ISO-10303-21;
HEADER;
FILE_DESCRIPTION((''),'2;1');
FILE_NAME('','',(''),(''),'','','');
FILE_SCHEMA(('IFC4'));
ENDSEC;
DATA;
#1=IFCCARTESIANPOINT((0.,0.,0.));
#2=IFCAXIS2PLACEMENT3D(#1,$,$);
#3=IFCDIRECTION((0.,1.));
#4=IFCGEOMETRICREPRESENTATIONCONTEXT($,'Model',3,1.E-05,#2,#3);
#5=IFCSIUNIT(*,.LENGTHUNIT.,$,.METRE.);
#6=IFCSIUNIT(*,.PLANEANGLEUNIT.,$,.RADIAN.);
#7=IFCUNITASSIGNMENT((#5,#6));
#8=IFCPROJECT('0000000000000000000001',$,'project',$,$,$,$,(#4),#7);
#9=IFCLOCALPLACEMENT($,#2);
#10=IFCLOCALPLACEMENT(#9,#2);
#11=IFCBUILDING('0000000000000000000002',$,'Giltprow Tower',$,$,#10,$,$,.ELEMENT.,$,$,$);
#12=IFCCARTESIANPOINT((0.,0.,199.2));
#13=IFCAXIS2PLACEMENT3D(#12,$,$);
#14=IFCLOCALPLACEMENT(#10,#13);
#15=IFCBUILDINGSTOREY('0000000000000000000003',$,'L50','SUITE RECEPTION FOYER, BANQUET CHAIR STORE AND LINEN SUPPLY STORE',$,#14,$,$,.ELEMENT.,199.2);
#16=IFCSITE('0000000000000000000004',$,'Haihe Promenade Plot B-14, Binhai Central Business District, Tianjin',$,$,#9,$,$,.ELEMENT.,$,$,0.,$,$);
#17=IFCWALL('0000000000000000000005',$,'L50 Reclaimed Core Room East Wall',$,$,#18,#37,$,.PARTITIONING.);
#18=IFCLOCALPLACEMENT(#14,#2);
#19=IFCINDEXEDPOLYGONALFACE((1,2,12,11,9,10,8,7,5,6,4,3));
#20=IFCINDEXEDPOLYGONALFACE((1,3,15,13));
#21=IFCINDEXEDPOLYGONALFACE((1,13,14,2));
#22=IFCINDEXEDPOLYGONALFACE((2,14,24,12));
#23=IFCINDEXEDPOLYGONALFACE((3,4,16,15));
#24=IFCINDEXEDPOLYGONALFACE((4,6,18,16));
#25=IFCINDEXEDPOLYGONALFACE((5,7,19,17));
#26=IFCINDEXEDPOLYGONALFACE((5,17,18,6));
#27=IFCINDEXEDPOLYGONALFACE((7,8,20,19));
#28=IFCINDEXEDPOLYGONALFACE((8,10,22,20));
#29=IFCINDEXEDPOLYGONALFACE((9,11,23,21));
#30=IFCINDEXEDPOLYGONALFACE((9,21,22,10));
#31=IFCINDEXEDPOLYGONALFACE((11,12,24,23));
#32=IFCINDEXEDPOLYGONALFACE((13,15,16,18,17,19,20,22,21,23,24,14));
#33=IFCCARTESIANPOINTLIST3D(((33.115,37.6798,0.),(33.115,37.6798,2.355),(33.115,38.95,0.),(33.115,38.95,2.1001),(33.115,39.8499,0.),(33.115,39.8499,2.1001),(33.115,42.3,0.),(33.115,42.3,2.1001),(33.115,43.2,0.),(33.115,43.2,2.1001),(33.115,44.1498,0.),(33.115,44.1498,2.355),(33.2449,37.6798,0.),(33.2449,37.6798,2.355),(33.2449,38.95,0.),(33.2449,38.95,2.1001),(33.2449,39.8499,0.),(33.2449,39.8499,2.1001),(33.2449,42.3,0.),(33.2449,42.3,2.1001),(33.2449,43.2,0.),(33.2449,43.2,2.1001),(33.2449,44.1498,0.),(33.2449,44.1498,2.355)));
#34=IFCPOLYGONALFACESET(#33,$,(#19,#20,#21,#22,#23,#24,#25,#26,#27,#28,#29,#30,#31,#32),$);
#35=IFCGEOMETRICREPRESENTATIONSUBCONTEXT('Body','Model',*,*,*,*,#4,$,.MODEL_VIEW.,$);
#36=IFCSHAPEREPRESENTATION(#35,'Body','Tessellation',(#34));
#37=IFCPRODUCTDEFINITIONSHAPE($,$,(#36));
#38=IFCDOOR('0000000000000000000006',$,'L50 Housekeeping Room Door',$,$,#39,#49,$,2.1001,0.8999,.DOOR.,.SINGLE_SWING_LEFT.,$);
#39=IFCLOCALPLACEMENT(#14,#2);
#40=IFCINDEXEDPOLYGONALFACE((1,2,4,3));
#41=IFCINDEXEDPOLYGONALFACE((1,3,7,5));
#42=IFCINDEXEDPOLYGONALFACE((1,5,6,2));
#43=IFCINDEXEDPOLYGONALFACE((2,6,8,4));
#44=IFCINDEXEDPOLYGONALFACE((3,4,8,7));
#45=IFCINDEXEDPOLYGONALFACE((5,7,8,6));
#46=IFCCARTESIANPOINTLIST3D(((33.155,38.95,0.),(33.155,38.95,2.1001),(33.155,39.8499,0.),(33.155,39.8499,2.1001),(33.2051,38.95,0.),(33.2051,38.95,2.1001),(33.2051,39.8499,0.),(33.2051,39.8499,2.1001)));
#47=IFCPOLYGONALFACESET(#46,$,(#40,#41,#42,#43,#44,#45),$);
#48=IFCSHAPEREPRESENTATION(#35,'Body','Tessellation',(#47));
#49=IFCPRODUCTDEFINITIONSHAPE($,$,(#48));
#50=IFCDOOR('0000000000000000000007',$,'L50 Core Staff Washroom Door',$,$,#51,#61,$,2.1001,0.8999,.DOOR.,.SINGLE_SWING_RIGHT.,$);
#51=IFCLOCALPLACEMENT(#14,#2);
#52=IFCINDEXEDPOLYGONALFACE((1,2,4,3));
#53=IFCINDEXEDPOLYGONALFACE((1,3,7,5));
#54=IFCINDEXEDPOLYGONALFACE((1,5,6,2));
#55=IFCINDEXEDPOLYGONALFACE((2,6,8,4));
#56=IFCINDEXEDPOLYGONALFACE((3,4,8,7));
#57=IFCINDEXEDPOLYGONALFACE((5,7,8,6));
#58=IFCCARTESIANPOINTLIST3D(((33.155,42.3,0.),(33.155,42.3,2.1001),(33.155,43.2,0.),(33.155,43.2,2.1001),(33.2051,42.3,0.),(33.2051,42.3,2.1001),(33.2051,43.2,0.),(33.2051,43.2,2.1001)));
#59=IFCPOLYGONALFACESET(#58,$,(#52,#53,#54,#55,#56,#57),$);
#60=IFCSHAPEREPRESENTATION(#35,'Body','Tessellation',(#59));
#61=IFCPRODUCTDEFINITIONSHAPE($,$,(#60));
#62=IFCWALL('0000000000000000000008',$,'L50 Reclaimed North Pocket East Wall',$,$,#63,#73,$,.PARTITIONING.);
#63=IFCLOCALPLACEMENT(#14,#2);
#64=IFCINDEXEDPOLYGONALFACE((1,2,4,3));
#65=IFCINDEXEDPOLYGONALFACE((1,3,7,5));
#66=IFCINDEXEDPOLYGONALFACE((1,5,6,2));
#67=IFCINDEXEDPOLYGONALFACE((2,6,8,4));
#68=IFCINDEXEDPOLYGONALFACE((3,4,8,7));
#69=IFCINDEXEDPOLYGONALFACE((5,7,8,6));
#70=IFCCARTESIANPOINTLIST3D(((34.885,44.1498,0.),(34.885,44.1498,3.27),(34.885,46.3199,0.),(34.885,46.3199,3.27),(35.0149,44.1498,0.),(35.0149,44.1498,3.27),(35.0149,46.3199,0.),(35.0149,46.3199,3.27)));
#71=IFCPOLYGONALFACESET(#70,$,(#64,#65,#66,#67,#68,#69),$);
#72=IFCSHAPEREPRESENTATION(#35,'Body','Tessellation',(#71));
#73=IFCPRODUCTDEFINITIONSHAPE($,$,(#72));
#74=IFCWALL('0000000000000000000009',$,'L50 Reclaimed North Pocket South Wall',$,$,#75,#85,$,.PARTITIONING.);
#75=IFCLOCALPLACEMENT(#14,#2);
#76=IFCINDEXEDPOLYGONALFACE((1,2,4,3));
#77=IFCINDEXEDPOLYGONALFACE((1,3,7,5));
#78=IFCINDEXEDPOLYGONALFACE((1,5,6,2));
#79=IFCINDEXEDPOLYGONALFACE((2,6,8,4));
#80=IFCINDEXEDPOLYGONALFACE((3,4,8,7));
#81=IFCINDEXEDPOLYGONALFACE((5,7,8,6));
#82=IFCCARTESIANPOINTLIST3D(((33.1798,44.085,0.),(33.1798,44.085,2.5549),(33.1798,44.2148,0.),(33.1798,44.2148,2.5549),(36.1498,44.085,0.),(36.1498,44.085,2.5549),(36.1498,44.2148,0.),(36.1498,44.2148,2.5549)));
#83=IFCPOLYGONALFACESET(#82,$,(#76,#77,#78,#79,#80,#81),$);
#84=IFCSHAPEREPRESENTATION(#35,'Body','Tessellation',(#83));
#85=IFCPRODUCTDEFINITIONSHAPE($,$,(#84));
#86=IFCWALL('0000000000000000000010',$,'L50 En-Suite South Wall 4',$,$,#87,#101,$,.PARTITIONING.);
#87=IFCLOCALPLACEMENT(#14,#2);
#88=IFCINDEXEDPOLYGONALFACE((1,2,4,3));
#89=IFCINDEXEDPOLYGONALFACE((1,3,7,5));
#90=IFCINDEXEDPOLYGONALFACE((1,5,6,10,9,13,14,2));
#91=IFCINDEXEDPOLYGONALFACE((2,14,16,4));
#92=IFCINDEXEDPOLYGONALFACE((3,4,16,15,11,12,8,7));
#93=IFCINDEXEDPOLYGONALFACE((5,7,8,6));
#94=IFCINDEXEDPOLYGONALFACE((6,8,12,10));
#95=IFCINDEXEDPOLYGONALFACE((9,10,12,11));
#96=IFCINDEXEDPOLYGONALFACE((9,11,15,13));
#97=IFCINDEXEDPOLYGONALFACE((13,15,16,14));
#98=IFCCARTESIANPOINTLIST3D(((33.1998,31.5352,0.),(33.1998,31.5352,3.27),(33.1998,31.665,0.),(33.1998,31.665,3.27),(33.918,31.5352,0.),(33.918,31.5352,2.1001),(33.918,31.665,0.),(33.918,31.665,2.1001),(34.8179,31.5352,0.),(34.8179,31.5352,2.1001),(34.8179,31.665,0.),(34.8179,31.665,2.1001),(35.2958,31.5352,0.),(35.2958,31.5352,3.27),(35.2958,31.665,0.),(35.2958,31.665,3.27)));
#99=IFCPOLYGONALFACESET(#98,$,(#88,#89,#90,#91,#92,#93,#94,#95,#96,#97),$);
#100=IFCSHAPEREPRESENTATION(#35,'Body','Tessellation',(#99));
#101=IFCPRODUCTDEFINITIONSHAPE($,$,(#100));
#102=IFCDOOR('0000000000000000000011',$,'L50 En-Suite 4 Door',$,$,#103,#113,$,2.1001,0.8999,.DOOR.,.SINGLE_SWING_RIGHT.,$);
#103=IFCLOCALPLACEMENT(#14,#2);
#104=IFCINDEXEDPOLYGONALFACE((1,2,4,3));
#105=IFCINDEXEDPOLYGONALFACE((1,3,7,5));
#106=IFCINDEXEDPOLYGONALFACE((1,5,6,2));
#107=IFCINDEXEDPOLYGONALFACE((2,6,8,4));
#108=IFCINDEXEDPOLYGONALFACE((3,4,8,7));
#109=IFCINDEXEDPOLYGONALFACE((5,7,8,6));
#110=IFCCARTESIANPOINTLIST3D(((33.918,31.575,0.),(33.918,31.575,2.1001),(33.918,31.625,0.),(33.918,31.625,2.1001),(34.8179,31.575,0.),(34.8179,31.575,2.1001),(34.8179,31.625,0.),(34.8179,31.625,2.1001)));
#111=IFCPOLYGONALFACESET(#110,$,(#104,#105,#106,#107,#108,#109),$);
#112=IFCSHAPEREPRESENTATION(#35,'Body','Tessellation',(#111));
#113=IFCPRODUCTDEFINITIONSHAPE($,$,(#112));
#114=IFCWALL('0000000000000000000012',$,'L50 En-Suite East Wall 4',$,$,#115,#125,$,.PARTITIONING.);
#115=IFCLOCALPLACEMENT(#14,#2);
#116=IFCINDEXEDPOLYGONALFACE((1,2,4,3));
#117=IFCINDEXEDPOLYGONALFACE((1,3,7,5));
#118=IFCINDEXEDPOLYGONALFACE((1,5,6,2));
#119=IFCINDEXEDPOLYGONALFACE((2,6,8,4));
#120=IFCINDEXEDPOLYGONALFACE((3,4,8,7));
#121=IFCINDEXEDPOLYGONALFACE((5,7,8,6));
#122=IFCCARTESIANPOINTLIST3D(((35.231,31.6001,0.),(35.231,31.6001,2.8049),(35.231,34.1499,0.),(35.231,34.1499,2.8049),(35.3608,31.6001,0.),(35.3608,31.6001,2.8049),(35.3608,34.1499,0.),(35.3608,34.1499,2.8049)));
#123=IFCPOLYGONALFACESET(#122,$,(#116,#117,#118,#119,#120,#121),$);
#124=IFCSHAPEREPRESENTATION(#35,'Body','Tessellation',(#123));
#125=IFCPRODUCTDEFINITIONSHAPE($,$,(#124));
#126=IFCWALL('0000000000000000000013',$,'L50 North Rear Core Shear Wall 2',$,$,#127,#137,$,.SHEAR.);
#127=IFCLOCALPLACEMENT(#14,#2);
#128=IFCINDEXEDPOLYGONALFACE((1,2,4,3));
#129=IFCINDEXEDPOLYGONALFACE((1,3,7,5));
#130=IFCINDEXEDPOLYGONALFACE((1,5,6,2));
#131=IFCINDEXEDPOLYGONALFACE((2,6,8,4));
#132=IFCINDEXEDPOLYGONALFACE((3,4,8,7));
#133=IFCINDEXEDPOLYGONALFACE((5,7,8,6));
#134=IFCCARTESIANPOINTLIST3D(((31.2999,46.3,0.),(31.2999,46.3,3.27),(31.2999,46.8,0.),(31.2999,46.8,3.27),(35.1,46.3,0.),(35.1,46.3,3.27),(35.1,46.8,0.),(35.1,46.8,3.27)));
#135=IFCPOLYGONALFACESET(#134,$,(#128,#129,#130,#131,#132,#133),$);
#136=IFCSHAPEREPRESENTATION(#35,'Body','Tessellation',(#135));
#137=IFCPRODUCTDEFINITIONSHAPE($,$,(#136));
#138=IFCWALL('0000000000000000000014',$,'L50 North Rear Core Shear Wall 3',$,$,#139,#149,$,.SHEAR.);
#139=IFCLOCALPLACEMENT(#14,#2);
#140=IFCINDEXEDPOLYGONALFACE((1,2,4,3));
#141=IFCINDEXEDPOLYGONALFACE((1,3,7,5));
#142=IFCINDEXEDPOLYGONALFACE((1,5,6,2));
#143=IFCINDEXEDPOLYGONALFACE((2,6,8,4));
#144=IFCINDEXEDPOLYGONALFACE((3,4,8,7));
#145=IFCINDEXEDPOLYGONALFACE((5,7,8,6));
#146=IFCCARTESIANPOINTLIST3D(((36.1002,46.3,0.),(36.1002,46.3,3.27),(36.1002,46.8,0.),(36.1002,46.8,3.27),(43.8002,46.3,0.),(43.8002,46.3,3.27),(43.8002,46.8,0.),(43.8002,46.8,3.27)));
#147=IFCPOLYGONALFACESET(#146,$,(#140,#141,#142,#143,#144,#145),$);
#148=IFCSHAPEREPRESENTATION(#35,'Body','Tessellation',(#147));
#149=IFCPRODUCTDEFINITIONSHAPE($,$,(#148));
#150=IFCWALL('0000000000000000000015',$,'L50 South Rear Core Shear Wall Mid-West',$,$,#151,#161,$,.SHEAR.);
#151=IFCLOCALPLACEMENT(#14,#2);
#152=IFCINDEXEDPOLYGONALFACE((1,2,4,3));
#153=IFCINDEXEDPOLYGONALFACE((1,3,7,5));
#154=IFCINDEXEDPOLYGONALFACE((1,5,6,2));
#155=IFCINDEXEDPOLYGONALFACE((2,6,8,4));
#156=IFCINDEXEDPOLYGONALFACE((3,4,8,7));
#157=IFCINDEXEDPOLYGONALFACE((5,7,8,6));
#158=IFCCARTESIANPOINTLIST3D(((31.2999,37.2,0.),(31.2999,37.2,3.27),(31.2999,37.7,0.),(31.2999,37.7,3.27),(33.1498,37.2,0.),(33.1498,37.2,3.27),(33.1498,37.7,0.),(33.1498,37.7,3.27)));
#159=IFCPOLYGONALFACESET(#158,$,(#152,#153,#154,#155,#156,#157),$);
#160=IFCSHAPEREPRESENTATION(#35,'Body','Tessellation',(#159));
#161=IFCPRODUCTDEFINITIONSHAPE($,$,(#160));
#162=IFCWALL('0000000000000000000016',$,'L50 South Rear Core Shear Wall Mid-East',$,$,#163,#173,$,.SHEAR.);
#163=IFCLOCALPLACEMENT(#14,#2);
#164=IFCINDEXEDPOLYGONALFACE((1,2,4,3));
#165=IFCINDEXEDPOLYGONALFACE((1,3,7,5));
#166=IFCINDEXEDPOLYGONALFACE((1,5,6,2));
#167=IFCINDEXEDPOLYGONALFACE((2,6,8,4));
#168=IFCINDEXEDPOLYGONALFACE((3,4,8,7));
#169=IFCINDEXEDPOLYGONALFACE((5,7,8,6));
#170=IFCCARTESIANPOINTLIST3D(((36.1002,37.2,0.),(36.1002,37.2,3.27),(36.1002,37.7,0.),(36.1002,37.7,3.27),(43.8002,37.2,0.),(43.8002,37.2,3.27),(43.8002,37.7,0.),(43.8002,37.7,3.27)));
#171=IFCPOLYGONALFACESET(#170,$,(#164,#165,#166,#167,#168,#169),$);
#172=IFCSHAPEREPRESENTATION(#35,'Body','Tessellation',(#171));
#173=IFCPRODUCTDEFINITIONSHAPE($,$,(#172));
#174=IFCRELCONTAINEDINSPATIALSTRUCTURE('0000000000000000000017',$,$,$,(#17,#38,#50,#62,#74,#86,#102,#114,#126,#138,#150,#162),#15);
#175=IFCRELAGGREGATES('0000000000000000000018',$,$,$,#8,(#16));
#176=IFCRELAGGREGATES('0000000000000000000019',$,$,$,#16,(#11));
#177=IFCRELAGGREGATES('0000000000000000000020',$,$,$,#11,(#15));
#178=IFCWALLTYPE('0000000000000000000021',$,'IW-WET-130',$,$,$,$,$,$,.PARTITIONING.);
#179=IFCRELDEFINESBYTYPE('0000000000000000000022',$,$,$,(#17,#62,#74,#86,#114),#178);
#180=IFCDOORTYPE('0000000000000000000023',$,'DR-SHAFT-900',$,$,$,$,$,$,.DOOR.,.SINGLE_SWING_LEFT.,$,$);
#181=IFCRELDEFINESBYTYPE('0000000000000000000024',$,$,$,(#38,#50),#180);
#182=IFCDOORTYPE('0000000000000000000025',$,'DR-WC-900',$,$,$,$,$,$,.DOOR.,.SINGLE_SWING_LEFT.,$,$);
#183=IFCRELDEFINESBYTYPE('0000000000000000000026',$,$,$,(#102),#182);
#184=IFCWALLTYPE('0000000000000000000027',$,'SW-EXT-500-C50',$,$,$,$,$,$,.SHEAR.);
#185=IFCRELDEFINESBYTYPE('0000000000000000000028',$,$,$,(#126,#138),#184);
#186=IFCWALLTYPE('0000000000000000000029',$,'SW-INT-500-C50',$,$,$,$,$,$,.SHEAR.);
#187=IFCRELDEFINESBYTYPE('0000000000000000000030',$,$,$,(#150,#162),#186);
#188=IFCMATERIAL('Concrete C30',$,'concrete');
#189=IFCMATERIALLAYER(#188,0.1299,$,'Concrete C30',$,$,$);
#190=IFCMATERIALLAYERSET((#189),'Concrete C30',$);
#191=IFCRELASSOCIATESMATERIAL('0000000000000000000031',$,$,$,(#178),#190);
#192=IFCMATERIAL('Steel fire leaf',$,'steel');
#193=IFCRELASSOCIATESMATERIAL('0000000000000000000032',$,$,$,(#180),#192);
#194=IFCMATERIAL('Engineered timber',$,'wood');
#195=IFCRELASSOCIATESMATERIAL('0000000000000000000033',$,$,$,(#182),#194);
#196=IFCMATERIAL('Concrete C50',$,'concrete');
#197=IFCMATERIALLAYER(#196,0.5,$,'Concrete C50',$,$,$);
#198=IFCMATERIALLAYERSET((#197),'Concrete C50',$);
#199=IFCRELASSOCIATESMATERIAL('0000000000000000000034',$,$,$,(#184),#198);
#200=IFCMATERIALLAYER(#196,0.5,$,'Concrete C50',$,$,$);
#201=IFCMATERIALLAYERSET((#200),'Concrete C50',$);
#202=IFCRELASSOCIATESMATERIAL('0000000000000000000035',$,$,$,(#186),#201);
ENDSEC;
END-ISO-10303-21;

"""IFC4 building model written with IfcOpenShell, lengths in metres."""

from ifc_helpers import new_model, si_unit, direction, frame, frame_2d, origin, place, context, subcontext, project, spatial, rectangle, extrude, source, transform, mapped, material, layer, layer_set, type_object, element, fill, save


model = new_model("IFC4")

# Units and contexts
model_context = context("Model", 3, precision=1e-05, world=origin(), true_north=direction((0.0, 1.0)))
body_context = subcontext(model_context, "Body", "Model", "MODEL_VIEW")
ifc_project = project(units=[si_unit("LENGTHUNIT", "METRE"), si_unit("PLANEANGLEUNIT", "RADIAN")], contexts=[model_context])

# Site, building, storey
site_placement = place(None, origin())
site = spatial("IfcSite", under=ifc_project, at=site_placement, Name="Haihe Promenade Plot B-14, Binhai Central Business District, Tianjin", CompositionType="ELEMENT", RefElevation=0.0)
building_placement = place(site_placement, origin())
building = spatial("IfcBuilding", under=site, at=building_placement, Name="Giltprow Tower", CompositionType="ELEMENT")
storey_placement = place(building_placement, frame((0.0, 0.0, 199.2)))
storey = spatial("IfcBuildingStorey", under=building, at=storey_placement, Name="L50", Description="SUITE RECEPTION FOYER, BANQUET CHAIR STORE AND LINEN SUPPLY STORE", CompositionType="ELEMENT", Elevation=199.2)

# Shared definitions
ifc_material_1 = material(Name="Concrete C50", Category="concrete")

# Wall, openings, doors
ifc_material_2 = material(Name="Concrete C30", Category="concrete")
ifc_layer_1 = layer(ifc_material_2, 0.1299, Name="Concrete C30")
ifc_layer_set_1 = layer_set([ifc_layer_1], Name="Concrete C30")
wall_type_1 = type_object("IfcWallType", Name="IW-WET-130", PredefinedType="PARTITIONING", material=ifc_layer_set_1)
wall_1_placement = place(storey_placement, frame((33.1799, 37.6799, 0.0), z_axis=(0.0, 0.0, 1.0), x_axis=(0.0, 1.0, 0.0)))
wall_1 = element("IfcWall", 1, at=wall_1_placement, inside=storey, type_object=wall_type_1, Name="L50 Reclaimed Core Room East Wall", PredefinedType="PARTITIONING", context=body_context, shape_type="SweptSolid", body=[
    extrude(rectangle(XDim=6.47, YDim=0.1299, at=frame_2d((3.2349, 0.0))), origin(), (0.0, 0.0, 1.0), 2.355),
])
opening_1_placement = place(wall_1_placement, frame((1.27, 0.0, 0.0)))
opening_1 = element("IfcOpeningElement", 2, at=opening_1_placement, cuts=wall_1, PredefinedType="OPENING", context=body_context, shape_type="SweptSolid", body=[
    extrude(rectangle(XDim=0.8999, YDim=2.1001, at=frame_2d((0.45, 1.05))), frame((0.0, 0.075, 0.0), z_axis=(0.0, -1.0, 0.0), x_axis=(1.0, 0.0, 0.0)), (0.0, 0.0, 1.0), 0.1499),
])
opening_2_placement = place(wall_1_placement, frame((4.6201, 0.0, 0.0)))
opening_2 = element("IfcOpeningElement", 3, at=opening_2_placement, cuts=wall_1, PredefinedType="OPENING", context=body_context, shape_type="SweptSolid", body=[
    extrude(rectangle(XDim=0.8999, YDim=2.1001, at=frame_2d((0.45, 1.05))), frame((0.0, 0.075, 0.0), z_axis=(0.0, -1.0, 0.0), x_axis=(1.0, 0.0, 0.0)), (0.0, 0.0, 1.0), 0.1499),
])
ifc_material_3 = material(Name="Steel fire leaf", Category="steel")
door_type_1 = type_object("IfcDoorType", Name="DR-SHAFT-900", OperationType="SINGLE_SWING_LEFT", PredefinedType="DOOR", material=ifc_material_3)
shared_shape_1 = source(origin(), body_context, "Body", "SweptSolid", [
    extrude(rectangle(XDim=0.8999, YDim=2.1001, at=frame_2d((0.45, 1.05))), frame((0.0, 0.0249, 0.0), z_axis=(0.0, -1.0, 0.0), x_axis=(1.0, 0.0, 0.0)), (0.0, 0.0, 1.0), 0.05),
])
door_1_placement = place(opening_1_placement, origin())
door_1 = element("IfcDoor", 4, at=door_1_placement, inside=storey, type_object=door_type_1, Name="L50 Housekeeping Room Door", OperationType="SINGLE_SWING_LEFT", OverallHeight=2.1001, OverallWidth=0.8999, PredefinedType="DOOR", context=body_context, shape_type="MappedRepresentation", body=[
    mapped(shared_shape_1, transform((0.0, 0.0, 0.0), x_axis=(1.0, 0.0, 0.0), y_axis=(0.0, 1.0, 0.0), z_axis=(0.0, 0.0, 1.0), scale=1.0)),
])
fill(opening_1, door_1)
door_2_placement = place(opening_2_placement, origin())
door_2 = element("IfcDoor", 5, at=door_2_placement, inside=storey, type_object=door_type_1, Name="L50 Core Staff Washroom Door", OperationType="SINGLE_SWING_RIGHT", OverallHeight=2.1001, OverallWidth=0.8999, PredefinedType="DOOR", context=body_context, shape_type="MappedRepresentation", body=[
    mapped(shared_shape_1, transform((0.0, 0.0, 0.0), x_axis=(1.0, 0.0, 0.0), y_axis=(0.0, 1.0, 0.0), z_axis=(0.0, 0.0, 1.0), scale=1.0)),
])
fill(opening_2, door_2)

# Walls
wall_2_placement = place(storey_placement, frame((34.95, 44.1499, 0.0), z_axis=(0.0, 0.0, 1.0), x_axis=(0.0, 1.0, 0.0)))
element("IfcWall", 6, at=wall_2_placement, inside=storey, type_object=wall_type_1, Name="L50 Reclaimed North Pocket East Wall", PredefinedType="PARTITIONING", context=body_context, shape_type="SweptSolid", body=[
    extrude(rectangle(XDim=2.1702, YDim=0.1299, at=frame_2d((1.085, 0.0))), origin(), (0.0, 0.0, 1.0), 3.27),
])
wall_3_placement = place(storey_placement, frame((33.1799, 44.1499, 0.0), z_axis=(0.0, 0.0, 1.0), x_axis=(1.0, 0.0, 0.0)))
element("IfcWall", 7, at=wall_3_placement, inside=storey, type_object=wall_type_1, Name="L50 Reclaimed North Pocket South Wall", PredefinedType="PARTITIONING", context=body_context, shape_type="SweptSolid", body=[
    extrude(rectangle(XDim=2.97, YDim=0.1299, at=frame_2d((1.4849, 0.0))), origin(), (0.0, 0.0, 1.0), 2.5549),
])

# Wall, opening, door
wall_4_placement = place(storey_placement, frame((33.2, 31.6001, 0.0), z_axis=(0.0, 0.0, 1.0), x_axis=(1.0, 0.0, 0.0)))
wall_4 = element("IfcWall", 8, at=wall_4_placement, inside=storey, type_object=wall_type_1, Name="L50 En-Suite South Wall 4", PredefinedType="PARTITIONING", context=body_context, shape_type="SweptSolid", body=[
    extrude(rectangle(XDim=2.0959, YDim=0.1299, at=frame_2d((1.0479, 0.0))), origin(), (0.0, 0.0, 1.0), 3.27),
])
opening_3_placement = place(wall_4_placement, frame((0.718, 0.0, 0.0)))
opening_3 = element("IfcOpeningElement", 9, at=opening_3_placement, cuts=wall_4, PredefinedType="OPENING", context=body_context, shape_type="SweptSolid", body=[
    extrude(rectangle(XDim=0.8999, YDim=2.1001, at=frame_2d((0.45, 1.05))), frame((0.0, 0.075, 0.0), z_axis=(0.0, -1.0, 0.0), x_axis=(1.0, 0.0, 0.0)), (0.0, 0.0, 1.0), 0.1499),
])
ifc_material_4 = material(Name="Engineered timber", Category="wood")
door_type_2 = type_object("IfcDoorType", Name="DR-WC-900", OperationType="SINGLE_SWING_LEFT", PredefinedType="DOOR", material=ifc_material_4)
door_3_placement = place(opening_3_placement, origin())
door_3 = element("IfcDoor", 10, at=door_3_placement, inside=storey, type_object=door_type_2, Name="L50 En-Suite 4 Door", OperationType="SINGLE_SWING_RIGHT", OverallHeight=2.1001, OverallWidth=0.8999, PredefinedType="DOOR", context=body_context, shape_type="MappedRepresentation", body=[
    mapped(shared_shape_1, transform((0.0, 0.0, 0.0), x_axis=(1.0, 0.0, 0.0), y_axis=(0.0, 1.0, 0.0), z_axis=(0.0, 0.0, 1.0), scale=1.0)),
])
fill(opening_3, door_3)

# Walls
wall_5_placement = place(storey_placement, frame((35.2959, 31.6001, 0.0), z_axis=(0.0, 0.0, 1.0), x_axis=(0.0, 1.0, 0.0)))
element("IfcWall", 11, at=wall_5_placement, inside=storey, type_object=wall_type_1, Name="L50 En-Suite East Wall 4", PredefinedType="PARTITIONING", context=body_context, shape_type="SweptSolid", body=[
    extrude(rectangle(XDim=2.5498, YDim=0.1299, at=frame_2d((1.2749, 0.0))), origin(), (0.0, 0.0, 1.0), 2.8049),
])
ifc_layer_2 = layer(ifc_material_1, 0.5, Name="Concrete C50")
ifc_layer_set_2 = layer_set([ifc_layer_2], Name="Concrete C50")
wall_type_2 = type_object("IfcWallType", Name="SW-EXT-500-C50", PredefinedType="SHEAR", material=ifc_layer_set_2)
wall_6_placement = place(storey_placement, frame((31.3, 46.55, 0.0), z_axis=(0.0, 0.0, 1.0), x_axis=(1.0, 0.0, 0.0)))
element("IfcWall", 12, at=wall_6_placement, inside=storey, type_object=wall_type_2, Name="L50 North Rear Core Shear Wall 2", PredefinedType="SHEAR", context=body_context, shape_type="SweptSolid", body=[
    extrude(rectangle(XDim=3.8, YDim=0.5, at=frame_2d((1.8999, 0.0))), origin(), (0.0, 0.0, 1.0), 3.27),
])
wall_7_placement = place(storey_placement, frame((36.1001, 46.55, 0.0), z_axis=(0.0, 0.0, 1.0), x_axis=(1.0, 0.0, 0.0)))
element("IfcWall", 13, at=wall_7_placement, inside=storey, type_object=wall_type_2, Name="L50 North Rear Core Shear Wall 3", PredefinedType="SHEAR", context=body_context, shape_type="SweptSolid", body=[
    extrude(rectangle(XDim=7.7, YDim=0.5, at=frame_2d((3.8501, 0.0))), origin(), (0.0, 0.0, 1.0), 3.27),
])
ifc_layer_3 = layer(ifc_material_1, 0.5, Name="Concrete C50")
ifc_layer_set_3 = layer_set([ifc_layer_3], Name="Concrete C50")
wall_type_3 = type_object("IfcWallType", Name="SW-INT-500-C50", PredefinedType="SHEAR", material=ifc_layer_set_3)
wall_8_placement = place(storey_placement, frame((31.3, 37.45, 0.0), z_axis=(0.0, 0.0, 1.0), x_axis=(1.0, 0.0, 0.0)))
element("IfcWall", 14, at=wall_8_placement, inside=storey, type_object=wall_type_3, Name="L50 South Rear Core Shear Wall Mid-West", PredefinedType="SHEAR", context=body_context, shape_type="SweptSolid", body=[
    extrude(rectangle(XDim=1.8499, YDim=0.5, at=frame_2d((0.9248, 0.0))), origin(), (0.0, 0.0, 1.0), 3.27),
])
wall_9_placement = place(storey_placement, frame((36.1001, 37.45, 0.0), z_axis=(0.0, 0.0, 1.0), x_axis=(1.0, 0.0, 0.0)))
element("IfcWall", 15, at=wall_9_placement, inside=storey, type_object=wall_type_3, Name="L50 South Rear Core Shear Wall Mid-East", PredefinedType="SHEAR", context=body_context, shape_type="SweptSolid", body=[
    extrude(rectangle(XDim=7.7, YDim=0.5, at=frame_2d((3.8501, 0.0))), origin(), (0.0, 0.0, 1.0), 3.27),
])

save(model, "model.ifc")
